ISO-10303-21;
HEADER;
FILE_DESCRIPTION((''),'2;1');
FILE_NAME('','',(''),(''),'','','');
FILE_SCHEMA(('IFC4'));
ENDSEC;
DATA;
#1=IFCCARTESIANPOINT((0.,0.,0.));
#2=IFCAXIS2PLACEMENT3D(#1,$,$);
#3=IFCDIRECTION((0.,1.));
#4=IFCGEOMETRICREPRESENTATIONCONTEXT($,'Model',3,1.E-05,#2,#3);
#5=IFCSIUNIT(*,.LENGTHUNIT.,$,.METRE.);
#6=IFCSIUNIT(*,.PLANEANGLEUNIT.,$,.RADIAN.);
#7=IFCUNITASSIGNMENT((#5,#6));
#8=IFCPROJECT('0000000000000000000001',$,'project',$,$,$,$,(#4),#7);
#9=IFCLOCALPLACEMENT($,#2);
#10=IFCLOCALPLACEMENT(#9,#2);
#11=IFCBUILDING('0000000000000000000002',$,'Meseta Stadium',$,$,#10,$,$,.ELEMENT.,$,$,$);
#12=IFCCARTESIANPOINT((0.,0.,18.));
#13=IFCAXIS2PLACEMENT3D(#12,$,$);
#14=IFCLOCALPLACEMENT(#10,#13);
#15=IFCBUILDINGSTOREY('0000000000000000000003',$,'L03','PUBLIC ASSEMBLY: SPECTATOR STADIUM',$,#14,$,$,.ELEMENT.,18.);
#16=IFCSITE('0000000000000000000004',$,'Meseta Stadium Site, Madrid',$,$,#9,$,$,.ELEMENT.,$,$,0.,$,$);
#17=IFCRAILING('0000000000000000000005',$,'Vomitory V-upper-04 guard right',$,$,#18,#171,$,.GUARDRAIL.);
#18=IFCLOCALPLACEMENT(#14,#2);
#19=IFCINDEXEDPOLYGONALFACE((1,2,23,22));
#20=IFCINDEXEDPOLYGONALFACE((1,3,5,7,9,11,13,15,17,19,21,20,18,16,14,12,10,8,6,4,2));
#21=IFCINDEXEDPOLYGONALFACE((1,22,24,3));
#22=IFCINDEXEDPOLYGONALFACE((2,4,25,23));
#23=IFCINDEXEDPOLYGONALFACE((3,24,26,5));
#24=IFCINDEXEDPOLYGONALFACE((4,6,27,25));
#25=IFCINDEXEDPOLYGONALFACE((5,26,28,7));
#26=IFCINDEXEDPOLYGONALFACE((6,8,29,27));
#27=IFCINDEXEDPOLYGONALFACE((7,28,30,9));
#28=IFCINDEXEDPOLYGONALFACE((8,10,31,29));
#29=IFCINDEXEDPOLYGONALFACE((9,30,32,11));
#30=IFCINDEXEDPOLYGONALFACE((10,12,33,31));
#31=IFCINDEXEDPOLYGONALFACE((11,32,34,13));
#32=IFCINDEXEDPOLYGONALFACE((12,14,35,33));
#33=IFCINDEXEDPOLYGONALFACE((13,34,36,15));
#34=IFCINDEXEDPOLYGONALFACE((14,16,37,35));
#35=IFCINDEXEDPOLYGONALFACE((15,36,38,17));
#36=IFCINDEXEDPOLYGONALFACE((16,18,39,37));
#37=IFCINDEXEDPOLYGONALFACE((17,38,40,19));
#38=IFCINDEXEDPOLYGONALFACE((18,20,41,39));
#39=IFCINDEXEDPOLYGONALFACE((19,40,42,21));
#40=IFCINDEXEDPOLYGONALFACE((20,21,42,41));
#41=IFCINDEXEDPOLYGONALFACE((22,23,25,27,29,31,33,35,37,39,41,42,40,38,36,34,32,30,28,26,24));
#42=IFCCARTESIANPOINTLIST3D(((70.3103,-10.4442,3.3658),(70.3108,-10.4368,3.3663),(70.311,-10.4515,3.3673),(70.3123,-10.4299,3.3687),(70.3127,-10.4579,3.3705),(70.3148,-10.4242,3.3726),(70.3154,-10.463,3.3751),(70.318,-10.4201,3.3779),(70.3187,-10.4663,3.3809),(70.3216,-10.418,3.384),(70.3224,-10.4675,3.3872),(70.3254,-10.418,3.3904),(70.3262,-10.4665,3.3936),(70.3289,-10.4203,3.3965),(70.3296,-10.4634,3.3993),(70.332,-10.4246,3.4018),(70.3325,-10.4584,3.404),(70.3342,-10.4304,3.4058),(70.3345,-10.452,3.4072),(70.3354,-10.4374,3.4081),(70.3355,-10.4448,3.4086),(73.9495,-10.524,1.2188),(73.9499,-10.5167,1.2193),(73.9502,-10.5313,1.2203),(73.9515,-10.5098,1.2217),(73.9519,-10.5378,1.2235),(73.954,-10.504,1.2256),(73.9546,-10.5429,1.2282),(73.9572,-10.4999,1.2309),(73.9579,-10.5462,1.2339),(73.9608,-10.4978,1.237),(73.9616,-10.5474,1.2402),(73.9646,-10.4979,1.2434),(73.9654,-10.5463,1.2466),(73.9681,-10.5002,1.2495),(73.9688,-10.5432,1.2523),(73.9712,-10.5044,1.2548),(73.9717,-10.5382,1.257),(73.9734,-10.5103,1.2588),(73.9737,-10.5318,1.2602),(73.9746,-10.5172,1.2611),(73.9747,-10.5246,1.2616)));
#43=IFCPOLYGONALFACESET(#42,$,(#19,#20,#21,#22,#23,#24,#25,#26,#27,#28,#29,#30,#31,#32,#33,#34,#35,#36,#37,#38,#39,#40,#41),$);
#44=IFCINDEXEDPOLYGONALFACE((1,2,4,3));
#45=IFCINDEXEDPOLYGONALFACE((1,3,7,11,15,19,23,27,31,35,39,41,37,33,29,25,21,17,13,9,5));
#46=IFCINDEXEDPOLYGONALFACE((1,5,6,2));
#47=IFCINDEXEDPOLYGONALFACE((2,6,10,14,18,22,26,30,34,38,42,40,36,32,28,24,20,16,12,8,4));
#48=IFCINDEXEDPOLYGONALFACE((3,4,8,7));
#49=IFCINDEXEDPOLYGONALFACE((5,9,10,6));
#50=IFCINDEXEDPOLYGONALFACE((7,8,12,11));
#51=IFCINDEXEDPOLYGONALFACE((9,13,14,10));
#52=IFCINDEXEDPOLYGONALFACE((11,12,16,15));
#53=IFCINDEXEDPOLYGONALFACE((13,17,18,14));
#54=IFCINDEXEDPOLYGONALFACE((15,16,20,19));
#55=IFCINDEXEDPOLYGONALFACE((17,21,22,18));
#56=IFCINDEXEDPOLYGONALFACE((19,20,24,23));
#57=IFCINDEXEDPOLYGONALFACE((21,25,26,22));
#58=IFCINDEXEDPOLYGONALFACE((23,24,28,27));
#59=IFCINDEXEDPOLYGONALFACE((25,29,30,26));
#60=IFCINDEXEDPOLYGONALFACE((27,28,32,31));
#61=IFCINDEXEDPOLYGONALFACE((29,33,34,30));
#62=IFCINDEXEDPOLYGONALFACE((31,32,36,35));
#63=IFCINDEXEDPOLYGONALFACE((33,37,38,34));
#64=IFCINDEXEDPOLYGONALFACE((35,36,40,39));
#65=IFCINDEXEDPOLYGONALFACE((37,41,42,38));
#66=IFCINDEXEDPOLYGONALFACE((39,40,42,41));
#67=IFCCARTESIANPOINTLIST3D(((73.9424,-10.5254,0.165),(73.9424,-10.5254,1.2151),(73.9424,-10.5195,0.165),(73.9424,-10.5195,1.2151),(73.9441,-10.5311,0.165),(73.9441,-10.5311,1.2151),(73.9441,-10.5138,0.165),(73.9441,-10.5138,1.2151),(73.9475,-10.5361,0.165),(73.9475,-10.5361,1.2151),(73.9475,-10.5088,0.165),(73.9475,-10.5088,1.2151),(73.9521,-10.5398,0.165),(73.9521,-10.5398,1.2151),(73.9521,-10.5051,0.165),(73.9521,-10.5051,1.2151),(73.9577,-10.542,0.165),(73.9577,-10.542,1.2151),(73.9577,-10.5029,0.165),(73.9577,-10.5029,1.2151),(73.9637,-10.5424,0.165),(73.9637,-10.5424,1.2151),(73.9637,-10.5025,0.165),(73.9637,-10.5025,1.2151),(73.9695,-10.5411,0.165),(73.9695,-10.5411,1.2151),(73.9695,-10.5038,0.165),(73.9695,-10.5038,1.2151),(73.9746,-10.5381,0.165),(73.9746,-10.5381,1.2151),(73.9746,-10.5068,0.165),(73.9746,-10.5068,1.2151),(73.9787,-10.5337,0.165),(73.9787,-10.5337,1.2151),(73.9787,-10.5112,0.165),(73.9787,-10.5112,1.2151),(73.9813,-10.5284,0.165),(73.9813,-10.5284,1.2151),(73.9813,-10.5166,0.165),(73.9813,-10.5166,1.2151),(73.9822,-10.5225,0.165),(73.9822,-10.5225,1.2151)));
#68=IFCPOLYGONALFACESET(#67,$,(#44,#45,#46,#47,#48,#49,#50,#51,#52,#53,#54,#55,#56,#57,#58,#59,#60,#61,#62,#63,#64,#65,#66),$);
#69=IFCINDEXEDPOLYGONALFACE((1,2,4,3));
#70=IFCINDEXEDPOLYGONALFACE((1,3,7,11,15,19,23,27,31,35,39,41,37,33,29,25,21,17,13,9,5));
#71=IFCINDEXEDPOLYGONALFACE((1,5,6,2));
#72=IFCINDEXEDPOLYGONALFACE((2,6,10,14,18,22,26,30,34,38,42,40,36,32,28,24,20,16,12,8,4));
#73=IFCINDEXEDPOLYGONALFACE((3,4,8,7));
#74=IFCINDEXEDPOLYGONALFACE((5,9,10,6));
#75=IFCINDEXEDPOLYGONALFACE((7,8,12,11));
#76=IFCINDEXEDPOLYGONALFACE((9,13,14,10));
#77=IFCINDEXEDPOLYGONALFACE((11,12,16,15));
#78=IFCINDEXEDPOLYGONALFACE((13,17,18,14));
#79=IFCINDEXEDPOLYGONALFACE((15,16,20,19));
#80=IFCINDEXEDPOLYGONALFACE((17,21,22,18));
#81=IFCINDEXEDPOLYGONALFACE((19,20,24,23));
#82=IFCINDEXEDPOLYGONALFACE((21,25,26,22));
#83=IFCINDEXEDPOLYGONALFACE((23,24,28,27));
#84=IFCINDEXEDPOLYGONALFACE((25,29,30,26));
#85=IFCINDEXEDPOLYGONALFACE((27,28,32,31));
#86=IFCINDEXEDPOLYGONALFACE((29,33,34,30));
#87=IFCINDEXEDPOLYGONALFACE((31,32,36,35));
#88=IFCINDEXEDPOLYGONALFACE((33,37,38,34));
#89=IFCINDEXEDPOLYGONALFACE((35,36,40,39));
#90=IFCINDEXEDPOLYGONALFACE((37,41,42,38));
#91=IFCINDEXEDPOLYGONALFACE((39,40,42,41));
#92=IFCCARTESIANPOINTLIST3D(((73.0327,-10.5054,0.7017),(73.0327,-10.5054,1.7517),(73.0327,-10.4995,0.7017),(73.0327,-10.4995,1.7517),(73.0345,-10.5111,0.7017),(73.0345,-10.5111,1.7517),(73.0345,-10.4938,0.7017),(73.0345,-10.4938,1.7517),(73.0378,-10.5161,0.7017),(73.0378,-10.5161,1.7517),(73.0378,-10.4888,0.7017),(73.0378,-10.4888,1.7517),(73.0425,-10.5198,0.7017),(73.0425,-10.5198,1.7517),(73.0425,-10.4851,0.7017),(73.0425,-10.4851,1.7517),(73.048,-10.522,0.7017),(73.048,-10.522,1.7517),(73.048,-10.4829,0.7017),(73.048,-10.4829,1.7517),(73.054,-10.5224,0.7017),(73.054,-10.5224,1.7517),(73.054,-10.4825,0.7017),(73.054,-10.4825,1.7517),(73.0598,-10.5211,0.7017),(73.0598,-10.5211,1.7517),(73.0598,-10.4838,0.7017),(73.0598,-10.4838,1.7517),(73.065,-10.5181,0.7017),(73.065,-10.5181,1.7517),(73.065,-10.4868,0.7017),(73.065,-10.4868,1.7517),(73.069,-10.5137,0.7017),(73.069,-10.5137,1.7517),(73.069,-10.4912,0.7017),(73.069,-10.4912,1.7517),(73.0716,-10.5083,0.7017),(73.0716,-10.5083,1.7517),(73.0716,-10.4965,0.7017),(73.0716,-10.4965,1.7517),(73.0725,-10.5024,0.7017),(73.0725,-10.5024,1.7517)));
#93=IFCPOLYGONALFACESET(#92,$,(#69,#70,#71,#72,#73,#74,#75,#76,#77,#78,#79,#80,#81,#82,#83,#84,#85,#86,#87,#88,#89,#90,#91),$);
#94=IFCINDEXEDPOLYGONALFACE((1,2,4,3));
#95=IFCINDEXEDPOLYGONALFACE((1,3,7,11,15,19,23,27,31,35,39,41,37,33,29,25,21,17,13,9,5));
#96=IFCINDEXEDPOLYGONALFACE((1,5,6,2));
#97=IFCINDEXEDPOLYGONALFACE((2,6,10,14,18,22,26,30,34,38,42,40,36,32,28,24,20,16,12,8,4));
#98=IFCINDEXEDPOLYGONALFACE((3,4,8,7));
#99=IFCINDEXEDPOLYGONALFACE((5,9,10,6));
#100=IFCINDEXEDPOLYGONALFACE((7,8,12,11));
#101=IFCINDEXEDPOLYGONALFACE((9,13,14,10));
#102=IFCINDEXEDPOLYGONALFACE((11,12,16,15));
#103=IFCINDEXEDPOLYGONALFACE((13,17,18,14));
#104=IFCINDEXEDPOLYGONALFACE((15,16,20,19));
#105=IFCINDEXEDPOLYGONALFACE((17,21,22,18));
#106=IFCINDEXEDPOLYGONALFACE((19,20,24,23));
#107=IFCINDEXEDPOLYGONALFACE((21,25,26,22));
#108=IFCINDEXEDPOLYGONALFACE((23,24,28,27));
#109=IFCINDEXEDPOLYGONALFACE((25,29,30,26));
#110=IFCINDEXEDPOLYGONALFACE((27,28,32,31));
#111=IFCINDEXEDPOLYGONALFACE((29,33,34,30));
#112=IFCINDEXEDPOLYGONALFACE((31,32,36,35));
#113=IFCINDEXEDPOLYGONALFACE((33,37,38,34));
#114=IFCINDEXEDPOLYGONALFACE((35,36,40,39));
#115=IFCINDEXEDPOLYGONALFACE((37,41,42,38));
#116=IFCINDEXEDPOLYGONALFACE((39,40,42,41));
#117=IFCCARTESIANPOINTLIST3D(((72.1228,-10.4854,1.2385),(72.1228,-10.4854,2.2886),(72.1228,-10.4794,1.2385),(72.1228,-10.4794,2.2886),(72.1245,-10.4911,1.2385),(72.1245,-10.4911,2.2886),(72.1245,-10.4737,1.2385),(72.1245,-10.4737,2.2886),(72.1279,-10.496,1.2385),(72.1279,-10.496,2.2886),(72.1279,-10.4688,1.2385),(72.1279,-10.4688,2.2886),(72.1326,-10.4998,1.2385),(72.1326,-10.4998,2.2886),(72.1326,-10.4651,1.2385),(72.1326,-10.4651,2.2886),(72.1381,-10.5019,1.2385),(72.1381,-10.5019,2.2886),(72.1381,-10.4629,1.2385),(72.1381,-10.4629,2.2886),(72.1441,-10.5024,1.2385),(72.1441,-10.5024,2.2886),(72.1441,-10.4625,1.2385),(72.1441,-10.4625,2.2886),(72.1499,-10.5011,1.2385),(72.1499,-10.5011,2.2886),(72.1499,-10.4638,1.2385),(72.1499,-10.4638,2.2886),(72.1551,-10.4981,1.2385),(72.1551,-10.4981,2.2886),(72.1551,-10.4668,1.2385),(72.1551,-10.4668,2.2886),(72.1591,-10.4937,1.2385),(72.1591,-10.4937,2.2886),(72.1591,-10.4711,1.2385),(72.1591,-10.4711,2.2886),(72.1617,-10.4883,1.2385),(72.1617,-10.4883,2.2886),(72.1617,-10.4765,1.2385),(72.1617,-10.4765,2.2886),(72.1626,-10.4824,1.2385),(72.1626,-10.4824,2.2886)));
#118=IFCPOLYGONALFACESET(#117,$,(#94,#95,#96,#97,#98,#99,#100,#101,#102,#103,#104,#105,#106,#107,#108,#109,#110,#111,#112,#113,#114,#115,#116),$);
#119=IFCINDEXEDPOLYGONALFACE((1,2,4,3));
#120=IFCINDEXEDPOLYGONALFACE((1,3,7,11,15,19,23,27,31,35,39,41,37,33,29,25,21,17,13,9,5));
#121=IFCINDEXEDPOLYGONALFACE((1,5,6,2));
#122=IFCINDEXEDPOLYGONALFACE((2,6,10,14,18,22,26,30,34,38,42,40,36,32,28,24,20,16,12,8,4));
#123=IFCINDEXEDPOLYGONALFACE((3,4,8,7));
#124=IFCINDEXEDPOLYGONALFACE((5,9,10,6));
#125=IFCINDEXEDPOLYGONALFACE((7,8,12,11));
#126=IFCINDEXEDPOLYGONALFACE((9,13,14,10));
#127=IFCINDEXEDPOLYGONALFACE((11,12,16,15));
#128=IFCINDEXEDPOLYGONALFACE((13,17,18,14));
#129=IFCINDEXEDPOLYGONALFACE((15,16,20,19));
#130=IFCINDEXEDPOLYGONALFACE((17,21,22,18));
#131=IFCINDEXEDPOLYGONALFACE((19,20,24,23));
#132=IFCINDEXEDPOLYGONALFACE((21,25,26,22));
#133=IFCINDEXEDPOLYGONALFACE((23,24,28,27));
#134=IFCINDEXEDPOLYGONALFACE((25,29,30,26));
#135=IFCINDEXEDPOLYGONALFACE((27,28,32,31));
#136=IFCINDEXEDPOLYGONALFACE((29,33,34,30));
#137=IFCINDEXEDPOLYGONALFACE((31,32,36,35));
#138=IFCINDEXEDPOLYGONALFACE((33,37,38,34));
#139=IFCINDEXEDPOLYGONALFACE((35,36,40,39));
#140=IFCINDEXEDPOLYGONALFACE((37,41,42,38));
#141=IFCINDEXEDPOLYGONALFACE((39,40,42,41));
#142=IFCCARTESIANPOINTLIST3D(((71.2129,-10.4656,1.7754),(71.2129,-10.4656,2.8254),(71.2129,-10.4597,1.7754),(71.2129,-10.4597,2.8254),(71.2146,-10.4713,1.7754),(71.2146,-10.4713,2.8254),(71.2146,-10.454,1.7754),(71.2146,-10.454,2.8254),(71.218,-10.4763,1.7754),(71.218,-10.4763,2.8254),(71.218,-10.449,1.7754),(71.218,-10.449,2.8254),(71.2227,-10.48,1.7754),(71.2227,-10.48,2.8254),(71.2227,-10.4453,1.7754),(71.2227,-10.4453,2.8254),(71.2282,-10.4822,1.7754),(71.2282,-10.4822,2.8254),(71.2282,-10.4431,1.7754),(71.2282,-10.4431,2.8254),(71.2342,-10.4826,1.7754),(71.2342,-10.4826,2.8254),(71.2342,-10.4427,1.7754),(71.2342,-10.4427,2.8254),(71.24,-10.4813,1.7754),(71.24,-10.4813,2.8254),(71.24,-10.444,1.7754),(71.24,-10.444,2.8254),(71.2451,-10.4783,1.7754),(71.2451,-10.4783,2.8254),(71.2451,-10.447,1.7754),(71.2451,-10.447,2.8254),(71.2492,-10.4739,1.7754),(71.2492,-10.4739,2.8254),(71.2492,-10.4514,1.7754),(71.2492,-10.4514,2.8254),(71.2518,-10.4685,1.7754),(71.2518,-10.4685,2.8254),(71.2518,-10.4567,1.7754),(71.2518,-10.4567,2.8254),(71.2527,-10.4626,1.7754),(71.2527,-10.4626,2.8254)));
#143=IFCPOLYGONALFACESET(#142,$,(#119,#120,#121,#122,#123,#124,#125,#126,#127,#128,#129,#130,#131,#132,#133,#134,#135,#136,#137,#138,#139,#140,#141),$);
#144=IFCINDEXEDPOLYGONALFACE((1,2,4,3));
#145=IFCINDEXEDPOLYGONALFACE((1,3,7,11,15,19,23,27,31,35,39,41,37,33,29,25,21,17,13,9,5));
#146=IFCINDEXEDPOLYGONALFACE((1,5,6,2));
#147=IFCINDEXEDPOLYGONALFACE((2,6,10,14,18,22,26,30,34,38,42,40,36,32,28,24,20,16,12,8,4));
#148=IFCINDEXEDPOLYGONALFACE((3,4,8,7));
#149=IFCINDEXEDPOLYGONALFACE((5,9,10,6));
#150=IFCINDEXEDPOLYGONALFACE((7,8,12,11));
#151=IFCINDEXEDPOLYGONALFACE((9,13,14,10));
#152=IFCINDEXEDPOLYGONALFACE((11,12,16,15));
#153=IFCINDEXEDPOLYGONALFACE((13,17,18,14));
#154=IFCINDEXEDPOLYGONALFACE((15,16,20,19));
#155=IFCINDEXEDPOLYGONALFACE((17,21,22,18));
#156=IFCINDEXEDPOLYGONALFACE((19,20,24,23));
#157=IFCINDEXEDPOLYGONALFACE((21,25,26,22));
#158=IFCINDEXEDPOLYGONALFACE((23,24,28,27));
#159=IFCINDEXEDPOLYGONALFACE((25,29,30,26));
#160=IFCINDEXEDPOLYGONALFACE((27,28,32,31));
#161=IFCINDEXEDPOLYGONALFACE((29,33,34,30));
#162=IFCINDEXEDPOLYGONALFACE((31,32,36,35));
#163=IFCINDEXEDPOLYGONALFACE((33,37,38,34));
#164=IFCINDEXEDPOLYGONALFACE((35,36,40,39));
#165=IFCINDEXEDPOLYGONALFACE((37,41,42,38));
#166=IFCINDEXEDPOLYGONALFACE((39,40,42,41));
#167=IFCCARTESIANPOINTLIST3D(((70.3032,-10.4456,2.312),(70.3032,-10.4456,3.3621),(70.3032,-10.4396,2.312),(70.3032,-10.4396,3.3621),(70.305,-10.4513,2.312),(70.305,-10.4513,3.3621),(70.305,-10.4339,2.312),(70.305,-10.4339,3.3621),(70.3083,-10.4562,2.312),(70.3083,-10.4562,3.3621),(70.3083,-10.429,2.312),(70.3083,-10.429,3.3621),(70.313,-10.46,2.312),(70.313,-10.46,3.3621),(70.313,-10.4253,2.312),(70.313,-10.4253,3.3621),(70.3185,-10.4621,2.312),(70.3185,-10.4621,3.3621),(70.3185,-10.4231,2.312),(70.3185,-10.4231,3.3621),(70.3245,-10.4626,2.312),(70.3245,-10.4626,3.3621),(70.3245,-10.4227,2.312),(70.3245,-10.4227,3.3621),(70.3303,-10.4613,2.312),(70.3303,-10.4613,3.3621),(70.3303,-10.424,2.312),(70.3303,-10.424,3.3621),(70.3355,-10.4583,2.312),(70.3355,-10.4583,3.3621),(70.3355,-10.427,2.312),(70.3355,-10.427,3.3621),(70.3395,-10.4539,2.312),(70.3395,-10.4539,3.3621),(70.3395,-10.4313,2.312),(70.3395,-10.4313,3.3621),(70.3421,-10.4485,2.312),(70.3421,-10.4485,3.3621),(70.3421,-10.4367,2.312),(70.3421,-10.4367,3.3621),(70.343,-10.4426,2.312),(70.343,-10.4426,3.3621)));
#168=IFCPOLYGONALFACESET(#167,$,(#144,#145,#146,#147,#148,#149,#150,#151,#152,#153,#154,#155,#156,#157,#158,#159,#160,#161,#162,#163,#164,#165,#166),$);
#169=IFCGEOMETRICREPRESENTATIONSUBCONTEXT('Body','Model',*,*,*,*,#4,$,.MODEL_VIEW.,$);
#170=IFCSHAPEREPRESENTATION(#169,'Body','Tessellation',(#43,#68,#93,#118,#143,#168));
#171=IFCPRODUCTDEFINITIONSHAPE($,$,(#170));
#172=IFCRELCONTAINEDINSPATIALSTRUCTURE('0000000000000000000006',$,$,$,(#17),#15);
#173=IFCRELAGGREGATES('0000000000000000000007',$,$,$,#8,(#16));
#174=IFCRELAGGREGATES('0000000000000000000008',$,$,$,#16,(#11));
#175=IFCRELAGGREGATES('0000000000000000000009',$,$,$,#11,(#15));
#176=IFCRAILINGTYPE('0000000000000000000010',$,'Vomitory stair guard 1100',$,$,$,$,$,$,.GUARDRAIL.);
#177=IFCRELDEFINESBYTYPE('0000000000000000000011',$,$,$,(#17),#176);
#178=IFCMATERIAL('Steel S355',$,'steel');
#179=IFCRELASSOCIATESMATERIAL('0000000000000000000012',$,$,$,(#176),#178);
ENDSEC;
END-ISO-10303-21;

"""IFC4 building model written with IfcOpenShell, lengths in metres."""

from ifc_helpers import new_model, si_unit, direction, frame, origin, origin_2d, place, context, subcontext, project, spatial, circle, extrude, material, type_object, element, save


model = new_model("IFC4")

# Units and contexts
model_context = context("Model", 3, precision=1e-05, world=origin(), true_north=direction((0.0, 1.0)))
body_context = subcontext(model_context, "Body", "Model", "MODEL_VIEW")
ifc_project = project(units=[si_unit("LENGTHUNIT", "METRE"), si_unit("PLANEANGLEUNIT", "RADIAN")], contexts=[model_context])

# Site, building, storey
site_placement = place(None, origin())
site = spatial("IfcSite", under=ifc_project, at=site_placement, Name="Meseta Stadium Site, Madrid", CompositionType="ELEMENT", RefElevation=0.0)
building_placement = place(site_placement, origin())
building = spatial("IfcBuilding", under=site, at=building_placement, Name="Meseta Stadium", CompositionType="ELEMENT")
storey_placement = place(building_placement, frame((0.0, 0.0, 18.0)))
storey = spatial("IfcBuildingStorey", under=building, at=storey_placement, Name="L03", Description="PUBLIC ASSEMBLY: SPECTATOR STADIUM", CompositionType="ELEMENT", Elevation=18.0)

# Railing
ifc_material_1 = material(Name="Steel S355", Category="steel")
railing_type_1 = type_object("IfcRailingType", Name="Vomitory stair guard 1100", PredefinedType="GUARDRAIL", material=ifc_material_1)
railing_1_placement = place(storey_placement, frame((73.9622, -10.5225, 0.165)))
element("IfcRailing", 1, at=railing_1_placement, inside=storey, type_object=railing_type_1, Name="Vomitory V-upper-04 guard right", PredefinedType="GUARDRAIL", context=body_context, shape_type="SweptSolid", body=[
    extrude(circle(Radius=0.0249, at=origin_2d()), frame((0.0, 0.0, 1.0752), z_axis=(-0.861129, 0.018891, 0.508035), x_axis=(-0.021932, -0.999759, 0.0)), (0.0, 0.0, 1.0), 4.2261),
    extrude(circle(Radius=0.02, at=origin_2d()), origin(), (0.0, 0.0, 1.0), 1.05),
    extrude(circle(Radius=0.02, at=origin_2d()), frame((-0.9097, 0.02, 0.5366)), (0.0, 0.0, 1.0), 1.05),
    extrude(circle(Radius=0.02, at=origin_2d()), frame((-1.8196, 0.04, 1.0735)), (0.0, 0.0, 1.0), 1.05),
    extrude(circle(Radius=0.02, at=origin_2d()), frame((-2.7295, 0.0598, 1.6104)), (0.0, 0.0, 1.0), 1.05),
    extrude(circle(Radius=0.02, at=origin_2d()), frame((-3.6392, 0.0798, 2.147)), (0.0, 0.0, 1.0), 1.05),
])

save(model, "model.ifc")
